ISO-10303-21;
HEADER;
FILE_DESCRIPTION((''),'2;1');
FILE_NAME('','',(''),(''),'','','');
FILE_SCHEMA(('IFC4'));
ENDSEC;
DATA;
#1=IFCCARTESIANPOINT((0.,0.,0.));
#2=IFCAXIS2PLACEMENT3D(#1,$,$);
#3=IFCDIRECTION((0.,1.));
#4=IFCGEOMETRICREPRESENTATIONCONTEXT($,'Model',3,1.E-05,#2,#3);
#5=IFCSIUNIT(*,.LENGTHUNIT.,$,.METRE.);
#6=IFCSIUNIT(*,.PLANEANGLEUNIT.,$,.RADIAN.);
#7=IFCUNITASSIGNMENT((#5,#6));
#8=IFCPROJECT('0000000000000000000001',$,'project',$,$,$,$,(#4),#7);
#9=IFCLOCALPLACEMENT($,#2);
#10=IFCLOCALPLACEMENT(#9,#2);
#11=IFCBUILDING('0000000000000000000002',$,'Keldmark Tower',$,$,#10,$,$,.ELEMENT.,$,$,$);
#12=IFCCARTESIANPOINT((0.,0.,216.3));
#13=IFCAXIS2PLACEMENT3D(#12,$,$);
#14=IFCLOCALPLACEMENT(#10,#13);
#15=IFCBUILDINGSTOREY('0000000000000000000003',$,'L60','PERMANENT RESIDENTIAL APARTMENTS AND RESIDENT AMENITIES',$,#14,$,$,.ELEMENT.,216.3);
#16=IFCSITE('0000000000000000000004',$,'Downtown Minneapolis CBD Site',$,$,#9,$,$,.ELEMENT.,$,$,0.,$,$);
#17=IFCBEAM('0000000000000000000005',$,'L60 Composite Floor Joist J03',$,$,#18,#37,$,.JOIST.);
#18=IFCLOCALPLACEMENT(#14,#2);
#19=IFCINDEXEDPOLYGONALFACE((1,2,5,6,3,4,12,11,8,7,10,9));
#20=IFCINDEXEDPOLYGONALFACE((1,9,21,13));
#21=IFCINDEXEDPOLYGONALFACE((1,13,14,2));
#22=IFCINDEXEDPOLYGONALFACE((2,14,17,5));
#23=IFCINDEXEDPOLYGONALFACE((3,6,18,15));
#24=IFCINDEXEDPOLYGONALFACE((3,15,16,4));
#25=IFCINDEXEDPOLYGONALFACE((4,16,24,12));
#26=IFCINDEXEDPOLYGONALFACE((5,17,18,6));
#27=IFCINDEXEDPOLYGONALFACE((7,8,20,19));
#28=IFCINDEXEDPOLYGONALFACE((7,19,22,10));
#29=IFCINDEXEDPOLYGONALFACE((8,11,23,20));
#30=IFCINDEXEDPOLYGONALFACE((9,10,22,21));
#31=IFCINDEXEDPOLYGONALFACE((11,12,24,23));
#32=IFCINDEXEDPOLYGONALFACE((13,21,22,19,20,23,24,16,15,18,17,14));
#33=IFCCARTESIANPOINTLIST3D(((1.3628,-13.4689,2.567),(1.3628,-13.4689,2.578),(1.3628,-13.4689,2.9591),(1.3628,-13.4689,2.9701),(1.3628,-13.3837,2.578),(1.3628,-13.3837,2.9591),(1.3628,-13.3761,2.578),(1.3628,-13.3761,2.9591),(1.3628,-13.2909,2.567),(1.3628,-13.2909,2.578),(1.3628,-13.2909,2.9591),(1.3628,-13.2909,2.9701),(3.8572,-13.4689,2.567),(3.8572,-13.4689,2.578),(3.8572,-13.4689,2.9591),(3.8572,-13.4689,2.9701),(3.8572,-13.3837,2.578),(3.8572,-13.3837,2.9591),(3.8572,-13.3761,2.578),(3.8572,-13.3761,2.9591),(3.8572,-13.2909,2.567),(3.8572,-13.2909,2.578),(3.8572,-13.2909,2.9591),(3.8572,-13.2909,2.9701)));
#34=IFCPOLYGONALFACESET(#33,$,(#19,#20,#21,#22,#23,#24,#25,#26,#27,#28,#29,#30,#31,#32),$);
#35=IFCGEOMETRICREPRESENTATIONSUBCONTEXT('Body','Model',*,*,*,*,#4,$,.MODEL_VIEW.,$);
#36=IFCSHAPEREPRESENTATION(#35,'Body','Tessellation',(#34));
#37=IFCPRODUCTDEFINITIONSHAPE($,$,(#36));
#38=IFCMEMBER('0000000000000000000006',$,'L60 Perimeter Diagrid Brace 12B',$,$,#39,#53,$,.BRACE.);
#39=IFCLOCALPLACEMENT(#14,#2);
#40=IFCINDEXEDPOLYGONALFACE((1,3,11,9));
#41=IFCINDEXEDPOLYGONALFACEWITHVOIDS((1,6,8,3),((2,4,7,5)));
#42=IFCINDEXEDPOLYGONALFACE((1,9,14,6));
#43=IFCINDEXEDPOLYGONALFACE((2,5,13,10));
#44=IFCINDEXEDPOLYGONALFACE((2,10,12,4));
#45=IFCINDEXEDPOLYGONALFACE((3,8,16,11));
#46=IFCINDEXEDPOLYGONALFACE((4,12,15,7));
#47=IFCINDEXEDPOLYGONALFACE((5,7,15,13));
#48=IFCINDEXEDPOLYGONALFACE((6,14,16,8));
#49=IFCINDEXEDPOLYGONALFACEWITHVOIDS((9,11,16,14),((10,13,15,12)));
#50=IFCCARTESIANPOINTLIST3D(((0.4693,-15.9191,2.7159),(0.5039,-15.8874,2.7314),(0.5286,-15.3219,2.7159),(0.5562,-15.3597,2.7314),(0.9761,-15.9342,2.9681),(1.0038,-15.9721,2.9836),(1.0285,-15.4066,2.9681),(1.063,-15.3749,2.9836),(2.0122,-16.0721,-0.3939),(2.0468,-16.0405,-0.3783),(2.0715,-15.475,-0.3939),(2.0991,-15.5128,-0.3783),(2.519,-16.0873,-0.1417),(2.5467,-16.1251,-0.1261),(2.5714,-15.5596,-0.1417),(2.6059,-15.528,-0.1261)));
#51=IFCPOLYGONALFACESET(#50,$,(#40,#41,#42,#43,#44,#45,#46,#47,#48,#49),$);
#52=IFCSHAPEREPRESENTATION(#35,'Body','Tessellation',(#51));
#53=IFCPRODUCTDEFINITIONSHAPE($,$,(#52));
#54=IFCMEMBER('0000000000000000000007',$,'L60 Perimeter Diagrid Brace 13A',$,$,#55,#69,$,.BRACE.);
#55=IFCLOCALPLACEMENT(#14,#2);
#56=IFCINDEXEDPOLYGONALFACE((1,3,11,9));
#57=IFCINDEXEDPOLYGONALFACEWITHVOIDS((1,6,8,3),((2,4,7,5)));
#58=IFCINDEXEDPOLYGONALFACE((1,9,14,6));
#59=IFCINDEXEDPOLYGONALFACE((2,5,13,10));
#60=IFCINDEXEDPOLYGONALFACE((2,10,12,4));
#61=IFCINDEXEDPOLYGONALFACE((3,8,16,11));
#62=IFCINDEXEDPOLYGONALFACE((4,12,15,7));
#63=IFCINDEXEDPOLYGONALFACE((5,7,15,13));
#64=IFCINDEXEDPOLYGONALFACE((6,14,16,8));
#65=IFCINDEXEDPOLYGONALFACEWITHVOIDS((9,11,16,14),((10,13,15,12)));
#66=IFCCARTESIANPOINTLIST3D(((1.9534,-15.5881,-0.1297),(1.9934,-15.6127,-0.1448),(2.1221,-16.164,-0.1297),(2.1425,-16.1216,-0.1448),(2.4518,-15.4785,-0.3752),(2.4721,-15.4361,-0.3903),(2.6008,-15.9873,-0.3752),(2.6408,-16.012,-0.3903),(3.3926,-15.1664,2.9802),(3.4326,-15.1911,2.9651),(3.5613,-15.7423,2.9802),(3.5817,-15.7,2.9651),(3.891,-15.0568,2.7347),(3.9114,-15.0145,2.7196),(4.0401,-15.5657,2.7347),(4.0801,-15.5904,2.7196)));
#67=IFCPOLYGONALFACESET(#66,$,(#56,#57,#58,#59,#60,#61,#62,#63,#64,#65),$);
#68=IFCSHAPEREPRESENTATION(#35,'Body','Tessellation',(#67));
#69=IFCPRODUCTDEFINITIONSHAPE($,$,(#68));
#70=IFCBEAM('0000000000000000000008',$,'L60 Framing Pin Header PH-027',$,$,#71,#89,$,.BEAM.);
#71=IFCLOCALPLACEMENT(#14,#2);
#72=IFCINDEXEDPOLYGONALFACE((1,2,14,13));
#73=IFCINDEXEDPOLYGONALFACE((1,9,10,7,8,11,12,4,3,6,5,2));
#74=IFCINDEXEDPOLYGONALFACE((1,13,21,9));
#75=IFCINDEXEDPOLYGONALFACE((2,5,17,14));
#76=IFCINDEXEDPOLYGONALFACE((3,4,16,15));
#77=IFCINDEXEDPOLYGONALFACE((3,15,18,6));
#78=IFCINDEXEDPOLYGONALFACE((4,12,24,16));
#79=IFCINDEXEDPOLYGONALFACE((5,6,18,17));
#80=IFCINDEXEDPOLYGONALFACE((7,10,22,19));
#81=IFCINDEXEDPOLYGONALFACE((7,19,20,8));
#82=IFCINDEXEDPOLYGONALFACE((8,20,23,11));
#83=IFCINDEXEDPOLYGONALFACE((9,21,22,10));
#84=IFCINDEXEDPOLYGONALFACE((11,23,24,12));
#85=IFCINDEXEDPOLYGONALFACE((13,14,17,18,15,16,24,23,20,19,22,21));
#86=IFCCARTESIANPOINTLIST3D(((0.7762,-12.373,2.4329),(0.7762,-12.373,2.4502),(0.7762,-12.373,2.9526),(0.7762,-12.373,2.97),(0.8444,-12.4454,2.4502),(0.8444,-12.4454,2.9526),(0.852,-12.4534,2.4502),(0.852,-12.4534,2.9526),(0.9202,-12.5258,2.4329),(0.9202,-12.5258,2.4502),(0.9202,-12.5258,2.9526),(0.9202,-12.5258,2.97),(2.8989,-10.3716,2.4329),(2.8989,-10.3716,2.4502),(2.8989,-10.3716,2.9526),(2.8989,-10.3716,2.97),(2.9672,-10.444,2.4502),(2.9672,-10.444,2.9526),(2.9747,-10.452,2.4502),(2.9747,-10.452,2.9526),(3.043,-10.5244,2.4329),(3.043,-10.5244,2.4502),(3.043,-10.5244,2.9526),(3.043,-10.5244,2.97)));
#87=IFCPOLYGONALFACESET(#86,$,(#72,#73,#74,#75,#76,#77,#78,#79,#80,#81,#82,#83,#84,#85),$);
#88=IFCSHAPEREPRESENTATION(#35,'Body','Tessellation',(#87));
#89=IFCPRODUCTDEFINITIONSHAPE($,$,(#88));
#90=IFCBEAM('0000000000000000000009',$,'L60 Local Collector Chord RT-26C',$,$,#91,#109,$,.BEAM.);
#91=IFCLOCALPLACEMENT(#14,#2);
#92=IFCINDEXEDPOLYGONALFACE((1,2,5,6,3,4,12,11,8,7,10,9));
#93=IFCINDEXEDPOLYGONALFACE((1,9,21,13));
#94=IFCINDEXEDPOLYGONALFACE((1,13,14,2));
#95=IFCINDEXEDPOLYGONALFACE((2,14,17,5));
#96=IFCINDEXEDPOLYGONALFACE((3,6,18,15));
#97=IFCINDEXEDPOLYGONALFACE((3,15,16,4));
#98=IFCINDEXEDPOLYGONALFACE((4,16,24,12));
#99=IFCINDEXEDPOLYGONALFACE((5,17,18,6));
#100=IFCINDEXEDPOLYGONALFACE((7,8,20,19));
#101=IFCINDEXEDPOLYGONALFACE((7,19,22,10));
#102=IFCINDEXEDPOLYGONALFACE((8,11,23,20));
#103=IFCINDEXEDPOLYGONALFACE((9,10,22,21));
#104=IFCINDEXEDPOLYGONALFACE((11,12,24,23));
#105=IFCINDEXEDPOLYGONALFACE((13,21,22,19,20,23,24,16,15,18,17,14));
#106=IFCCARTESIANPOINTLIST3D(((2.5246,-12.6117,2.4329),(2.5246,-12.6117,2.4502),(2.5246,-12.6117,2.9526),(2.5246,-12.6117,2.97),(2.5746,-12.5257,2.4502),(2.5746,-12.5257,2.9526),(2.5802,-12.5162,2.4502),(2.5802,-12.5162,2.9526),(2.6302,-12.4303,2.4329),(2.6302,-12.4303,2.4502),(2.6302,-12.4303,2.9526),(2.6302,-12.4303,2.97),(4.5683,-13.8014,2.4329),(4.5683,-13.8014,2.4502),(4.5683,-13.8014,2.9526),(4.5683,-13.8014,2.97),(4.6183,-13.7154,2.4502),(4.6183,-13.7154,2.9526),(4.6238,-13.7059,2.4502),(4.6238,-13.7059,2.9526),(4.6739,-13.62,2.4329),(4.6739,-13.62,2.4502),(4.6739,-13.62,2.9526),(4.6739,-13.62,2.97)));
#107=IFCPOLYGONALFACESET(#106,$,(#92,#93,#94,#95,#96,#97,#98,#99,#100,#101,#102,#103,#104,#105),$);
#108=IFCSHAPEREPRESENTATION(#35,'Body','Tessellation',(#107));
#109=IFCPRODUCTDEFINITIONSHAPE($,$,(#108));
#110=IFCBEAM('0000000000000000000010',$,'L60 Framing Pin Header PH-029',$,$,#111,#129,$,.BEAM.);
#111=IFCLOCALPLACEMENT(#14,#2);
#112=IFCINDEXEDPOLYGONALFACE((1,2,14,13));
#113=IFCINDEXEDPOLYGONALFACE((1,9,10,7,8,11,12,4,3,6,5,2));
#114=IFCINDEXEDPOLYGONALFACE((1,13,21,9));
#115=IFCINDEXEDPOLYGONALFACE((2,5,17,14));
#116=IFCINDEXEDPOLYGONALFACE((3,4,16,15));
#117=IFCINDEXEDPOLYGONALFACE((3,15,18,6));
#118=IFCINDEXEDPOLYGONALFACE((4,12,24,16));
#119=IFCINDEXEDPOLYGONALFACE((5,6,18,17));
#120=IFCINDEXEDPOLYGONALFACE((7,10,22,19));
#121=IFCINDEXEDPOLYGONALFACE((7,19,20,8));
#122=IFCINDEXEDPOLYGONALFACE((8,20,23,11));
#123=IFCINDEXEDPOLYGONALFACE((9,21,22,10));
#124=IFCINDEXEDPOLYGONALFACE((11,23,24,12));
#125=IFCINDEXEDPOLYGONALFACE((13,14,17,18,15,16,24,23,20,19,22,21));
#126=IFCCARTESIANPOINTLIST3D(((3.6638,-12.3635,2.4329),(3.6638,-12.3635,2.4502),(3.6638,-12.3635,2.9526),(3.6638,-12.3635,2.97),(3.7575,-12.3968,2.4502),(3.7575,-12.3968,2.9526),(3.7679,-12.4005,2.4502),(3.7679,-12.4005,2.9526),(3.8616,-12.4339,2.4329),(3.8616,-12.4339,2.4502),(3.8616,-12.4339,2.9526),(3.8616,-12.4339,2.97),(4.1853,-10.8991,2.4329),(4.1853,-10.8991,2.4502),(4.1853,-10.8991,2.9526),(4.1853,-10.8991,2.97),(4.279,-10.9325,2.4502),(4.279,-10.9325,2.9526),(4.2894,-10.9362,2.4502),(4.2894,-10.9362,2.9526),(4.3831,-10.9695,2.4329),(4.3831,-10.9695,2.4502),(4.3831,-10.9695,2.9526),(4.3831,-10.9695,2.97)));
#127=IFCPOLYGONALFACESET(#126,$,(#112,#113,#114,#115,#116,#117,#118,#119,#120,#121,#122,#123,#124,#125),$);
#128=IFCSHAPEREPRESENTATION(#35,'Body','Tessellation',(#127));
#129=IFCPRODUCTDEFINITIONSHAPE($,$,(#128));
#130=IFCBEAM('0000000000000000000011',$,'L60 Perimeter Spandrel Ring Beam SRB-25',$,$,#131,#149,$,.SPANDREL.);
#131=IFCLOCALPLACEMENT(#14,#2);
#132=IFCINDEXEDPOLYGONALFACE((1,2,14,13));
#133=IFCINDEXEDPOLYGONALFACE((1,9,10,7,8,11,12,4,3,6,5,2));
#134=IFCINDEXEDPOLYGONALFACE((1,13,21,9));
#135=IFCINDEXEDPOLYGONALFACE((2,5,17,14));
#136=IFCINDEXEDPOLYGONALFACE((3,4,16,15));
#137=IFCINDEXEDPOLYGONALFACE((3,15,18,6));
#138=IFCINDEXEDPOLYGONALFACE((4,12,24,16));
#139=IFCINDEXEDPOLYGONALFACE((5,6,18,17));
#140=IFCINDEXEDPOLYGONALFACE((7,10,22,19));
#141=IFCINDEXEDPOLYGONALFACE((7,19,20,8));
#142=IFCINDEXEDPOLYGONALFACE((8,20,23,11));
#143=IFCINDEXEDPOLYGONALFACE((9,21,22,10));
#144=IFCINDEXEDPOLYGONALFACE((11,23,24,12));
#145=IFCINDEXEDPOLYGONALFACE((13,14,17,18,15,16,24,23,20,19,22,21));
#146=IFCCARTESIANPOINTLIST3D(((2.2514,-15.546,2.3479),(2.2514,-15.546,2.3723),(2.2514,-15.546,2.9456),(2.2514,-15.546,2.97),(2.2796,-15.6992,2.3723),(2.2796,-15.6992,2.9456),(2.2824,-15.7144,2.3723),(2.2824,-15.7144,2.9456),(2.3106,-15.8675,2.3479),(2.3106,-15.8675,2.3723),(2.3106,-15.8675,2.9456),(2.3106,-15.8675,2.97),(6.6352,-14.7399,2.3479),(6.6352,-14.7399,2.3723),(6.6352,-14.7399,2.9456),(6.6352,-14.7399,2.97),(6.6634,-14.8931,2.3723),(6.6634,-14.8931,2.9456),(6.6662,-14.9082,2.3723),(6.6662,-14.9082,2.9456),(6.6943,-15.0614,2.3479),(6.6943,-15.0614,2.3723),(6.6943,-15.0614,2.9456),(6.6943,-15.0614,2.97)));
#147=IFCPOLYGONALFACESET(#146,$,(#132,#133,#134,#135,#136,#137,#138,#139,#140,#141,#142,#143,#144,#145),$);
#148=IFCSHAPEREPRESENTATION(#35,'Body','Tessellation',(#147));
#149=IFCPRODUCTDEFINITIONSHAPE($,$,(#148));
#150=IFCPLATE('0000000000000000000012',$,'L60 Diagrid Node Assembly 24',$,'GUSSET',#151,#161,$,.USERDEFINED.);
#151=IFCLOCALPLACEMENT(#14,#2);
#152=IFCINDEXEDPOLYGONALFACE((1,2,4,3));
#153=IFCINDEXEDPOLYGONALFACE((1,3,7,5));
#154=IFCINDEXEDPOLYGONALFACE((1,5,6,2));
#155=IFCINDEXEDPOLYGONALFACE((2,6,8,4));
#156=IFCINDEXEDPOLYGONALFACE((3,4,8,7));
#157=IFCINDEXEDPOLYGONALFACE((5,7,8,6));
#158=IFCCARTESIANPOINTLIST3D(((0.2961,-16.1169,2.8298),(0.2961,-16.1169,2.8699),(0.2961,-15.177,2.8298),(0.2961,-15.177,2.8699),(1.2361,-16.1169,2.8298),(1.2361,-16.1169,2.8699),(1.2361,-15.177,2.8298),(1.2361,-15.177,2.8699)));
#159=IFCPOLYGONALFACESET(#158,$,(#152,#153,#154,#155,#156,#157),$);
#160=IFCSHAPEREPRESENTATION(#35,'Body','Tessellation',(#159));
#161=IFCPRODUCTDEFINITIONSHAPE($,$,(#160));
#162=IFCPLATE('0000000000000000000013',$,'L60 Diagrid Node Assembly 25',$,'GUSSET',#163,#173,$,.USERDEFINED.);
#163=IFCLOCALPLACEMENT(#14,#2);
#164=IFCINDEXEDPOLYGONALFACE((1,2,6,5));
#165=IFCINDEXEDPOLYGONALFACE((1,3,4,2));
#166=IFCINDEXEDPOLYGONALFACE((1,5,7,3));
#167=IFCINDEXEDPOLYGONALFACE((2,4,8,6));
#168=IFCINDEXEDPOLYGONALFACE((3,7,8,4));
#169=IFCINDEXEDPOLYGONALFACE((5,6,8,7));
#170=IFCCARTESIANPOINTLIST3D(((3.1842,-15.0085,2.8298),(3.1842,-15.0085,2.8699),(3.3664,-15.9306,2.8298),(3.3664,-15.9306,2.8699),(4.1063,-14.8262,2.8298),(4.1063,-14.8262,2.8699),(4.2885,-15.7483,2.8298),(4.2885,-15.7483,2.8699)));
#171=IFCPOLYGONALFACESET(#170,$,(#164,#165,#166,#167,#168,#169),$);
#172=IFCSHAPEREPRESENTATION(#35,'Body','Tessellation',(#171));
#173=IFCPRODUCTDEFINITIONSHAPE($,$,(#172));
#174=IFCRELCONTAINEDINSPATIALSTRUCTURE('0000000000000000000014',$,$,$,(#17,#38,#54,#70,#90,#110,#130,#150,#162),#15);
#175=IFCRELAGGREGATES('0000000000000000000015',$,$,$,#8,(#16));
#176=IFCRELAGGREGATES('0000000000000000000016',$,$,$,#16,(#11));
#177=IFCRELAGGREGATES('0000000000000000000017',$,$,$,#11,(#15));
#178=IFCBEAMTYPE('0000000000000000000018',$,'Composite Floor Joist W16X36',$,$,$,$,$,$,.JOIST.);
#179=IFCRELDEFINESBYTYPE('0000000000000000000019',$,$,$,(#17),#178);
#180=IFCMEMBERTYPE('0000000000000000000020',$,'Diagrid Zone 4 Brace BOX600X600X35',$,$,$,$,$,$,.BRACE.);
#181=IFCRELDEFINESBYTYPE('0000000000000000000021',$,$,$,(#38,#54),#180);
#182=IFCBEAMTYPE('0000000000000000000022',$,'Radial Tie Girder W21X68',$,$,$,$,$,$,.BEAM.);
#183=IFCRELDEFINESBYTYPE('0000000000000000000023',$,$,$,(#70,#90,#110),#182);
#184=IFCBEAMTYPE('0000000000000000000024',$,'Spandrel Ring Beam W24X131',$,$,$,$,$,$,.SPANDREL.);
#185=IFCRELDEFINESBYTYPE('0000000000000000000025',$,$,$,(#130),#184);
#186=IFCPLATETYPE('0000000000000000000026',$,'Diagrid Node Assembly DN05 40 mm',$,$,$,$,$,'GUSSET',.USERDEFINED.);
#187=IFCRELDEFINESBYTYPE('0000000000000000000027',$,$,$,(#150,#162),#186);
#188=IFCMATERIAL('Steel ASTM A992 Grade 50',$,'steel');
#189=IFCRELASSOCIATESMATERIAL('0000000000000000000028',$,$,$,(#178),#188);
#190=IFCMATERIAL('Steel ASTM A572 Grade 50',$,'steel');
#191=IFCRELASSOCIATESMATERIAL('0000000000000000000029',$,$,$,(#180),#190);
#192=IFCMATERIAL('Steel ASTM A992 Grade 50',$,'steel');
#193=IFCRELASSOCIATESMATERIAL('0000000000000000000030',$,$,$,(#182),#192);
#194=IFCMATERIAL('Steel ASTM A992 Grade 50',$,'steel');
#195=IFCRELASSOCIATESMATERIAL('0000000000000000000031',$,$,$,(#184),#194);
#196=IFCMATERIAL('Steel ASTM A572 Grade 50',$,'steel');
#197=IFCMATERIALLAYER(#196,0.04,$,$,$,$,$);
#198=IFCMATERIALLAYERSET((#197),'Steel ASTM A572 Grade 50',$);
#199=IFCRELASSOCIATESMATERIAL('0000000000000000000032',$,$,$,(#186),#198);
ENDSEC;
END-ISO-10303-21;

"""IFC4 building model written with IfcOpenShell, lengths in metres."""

from ifc_helpers import new_model, si_unit, direction, frame, origin, origin_2d, place, context, subcontext, project, spatial, rectangle, hollow_rectangle, i_section, extrude, material, layer, layer_set, material_profile, profile_set, type_object, element, save


model = new_model("IFC4")

# Units and contexts
model_context = context("Model", 3, precision=1e-05, world=origin(), true_north=direction((0.0, 1.0)))
body_context = subcontext(model_context, "Body", "Model", "MODEL_VIEW")
ifc_project = project(units=[si_unit("LENGTHUNIT", "METRE"), si_unit("PLANEANGLEUNIT", "RADIAN")], contexts=[model_context])

# Site, building, storey
site_placement = place(None, origin())
site = spatial("IfcSite", under=ifc_project, at=site_placement, Name="Downtown Minneapolis CBD Site", CompositionType="ELEMENT", RefElevation=0.0)
building_placement = place(site_placement, origin())
building = spatial("IfcBuilding", under=site, at=building_placement, Name="Keldmark Tower", CompositionType="ELEMENT")
storey_placement = place(building_placement, frame((0.0, 0.0, 216.3)))
storey = spatial("IfcBuildingStorey", under=building, at=storey_placement, Name="L60", Description="PERMANENT RESIDENTIAL APARTMENTS AND RESIDENT AMENITIES", CompositionType="ELEMENT", Elevation=216.3)

# Beam
ifc_material_1 = material(Name="Steel ASTM A992 Grade 50", Category="steel")
ifc_material_profile_1 = material_profile(ifc_material_1, i_section(OverallWidth=0.178, OverallDepth=0.4031, WebThickness=0.0076, FlangeThickness=0.011, at=origin_2d()), Name="W16X36")
ifc_profile_set_1 = profile_set([ifc_material_profile_1], Name="Steel ASTM A992 Grade 50")
beam_type_1 = type_object("IfcBeamType", Name="Composite Floor Joist W16X36", PredefinedType="JOIST", material=ifc_profile_set_1)
beam_1_placement = place(storey_placement, frame((1.3628, -13.3799, 2.7686), z_axis=(1.0, 0.0, 0.0), x_axis=(0.0, 1.0, 0.0)))
element("IfcBeam", 1, at=beam_1_placement, inside=storey, type_object=beam_type_1, Name="L60 Composite Floor Joist J03", PredefinedType="JOIST", context=body_context, shape_type="SweptSolid", body=[
    extrude(i_section(OverallWidth=0.178, OverallDepth=0.4031, WebThickness=0.0076, FlangeThickness=0.011, at=origin_2d()), origin(), (0.0, 0.0, 1.0), 2.4944),
])

# Members
ifc_material_2 = material(Name="Steel ASTM A572 Grade 50", Category="steel")
ifc_material_profile_2 = material_profile(ifc_material_2, hollow_rectangle(XDim=0.6001, YDim=0.6001, WallThickness=0.0349, at=origin_2d()), Name="BOX600X600X35")
ifc_profile_set_2 = profile_set([ifc_material_profile_2], Name="Steel ASTM A572 Grade 50")
member_type = type_object("IfcMemberType", Name="Diagrid Zone 4 Brace BOX600X600X35", PredefinedType="BRACE", material=ifc_profile_set_2)
member_1_placement = place(storey_placement, frame((2.3091, -15.8, -0.26), z_axis=(-0.444023, 0.044051, 0.894932), x_axis=(-0.098724, -0.995115, 0.0)))
element("IfcMember", 2, at=member_1_placement, inside=storey, type_object=member_type, Name="L60 Perimeter Diagrid Brace 12B", PredefinedType="BRACE", context=body_context, shape_type="SweptSolid", body=[
    extrude(hollow_rectangle(XDim=0.6001, YDim=0.6001, WallThickness=0.0349, at=origin_2d()), origin(), (0.0, 0.0, 1.0), 3.4749),
])
member_2_placement = place(storey_placement, frame((2.2971, -15.8, -0.26), z_axis=(0.41685, 0.12212, 0.900735), x_axis=(-0.281144, 0.959666, 0.0)))
element("IfcMember", 3, at=member_2_placement, inside=storey, type_object=member_type, Name="L60 Perimeter Diagrid Brace 13A", PredefinedType="BRACE", context=body_context, shape_type="SweptSolid", body=[
    extrude(hollow_rectangle(XDim=0.6001, YDim=0.6001, WallThickness=0.0349, at=origin_2d()), origin(), (0.0, 0.0, 1.0), 3.4526),
])

# Beams
ifc_material_3 = material(Name="Steel ASTM A992 Grade 50", Category="steel")
ifc_material_profile_3 = material_profile(ifc_material_3, i_section(OverallWidth=0.21, OverallDepth=0.5371, WebThickness=0.011, FlangeThickness=0.0173, at=origin_2d()), Name="W21X68")
ifc_profile_set_3 = profile_set([ifc_material_profile_3], Name="Steel ASTM A992 Grade 50")
beam_type_2 = type_object("IfcBeamType", Name="Radial Tie Girder W21X68", PredefinedType="BEAM", material=ifc_profile_set_3)
beam_2_placement = place(storey_placement, frame((2.9709, -10.448, 2.7014), z_axis=(-0.727595, -0.686007, 0.0), x_axis=(0.686007, -0.727595, 0.0)))
element("IfcBeam", 4, at=beam_2_placement, inside=storey, type_object=beam_type_2, Name="L60 Framing Pin Header PH-027", PredefinedType="BEAM", context=body_context, shape_type="SweptSolid", body=[
    extrude(i_section(OverallWidth=0.21, OverallDepth=0.5371, WebThickness=0.011, FlangeThickness=0.0173, at=origin_2d()), origin(), (0.0, 0.0, 1.0), 2.9175),
])
beam_3_placement = place(storey_placement, frame((2.5774, -12.521, 2.7014), z_axis=(0.864232, -0.503094, 0.0), x_axis=(0.503094, 0.864232, 0.0)))
element("IfcBeam", 5, at=beam_3_placement, inside=storey, type_object=beam_type_2, Name="L60 Local Collector Chord RT-26C", PredefinedType="BEAM", context=body_context, shape_type="SweptSolid", body=[
    extrude(i_section(OverallWidth=0.21, OverallDepth=0.5371, WebThickness=0.011, FlangeThickness=0.0173, at=origin_2d()), origin(), (0.0, 0.0, 1.0), 2.3647),
])
beam_4_placement = place(storey_placement, frame((4.2842, -10.9343, 2.7014), z_axis=(-0.335481, -0.942047, 0.0), x_axis=(0.942047, -0.335481, 0.0)))
element("IfcBeam", 6, at=beam_4_placement, inside=storey, type_object=beam_type_2, Name="L60 Framing Pin Header PH-029", PredefinedType="BEAM", context=body_context, shape_type="SweptSolid", body=[
    extrude(i_section(OverallWidth=0.21, OverallDepth=0.5371, WebThickness=0.011, FlangeThickness=0.0173, at=origin_2d()), origin(), (0.0, 0.0, 1.0), 1.5544),
])
ifc_material_4 = material(Name="Steel ASTM A992 Grade 50", Category="steel")
ifc_material_profile_4 = material_profile(ifc_material_4, i_section(OverallWidth=0.3269, OverallDepth=0.6221, WebThickness=0.0154, FlangeThickness=0.0244, at=origin_2d()), Name="W24X131")
ifc_profile_set_4 = profile_set([ifc_material_profile_4], Name="Steel ASTM A992 Grade 50")
beam_type_3 = type_object("IfcBeamType", Name="Spandrel Ring Beam W24X131", PredefinedType="SPANDREL", material=ifc_profile_set_4)
beam_5_placement = place(storey_placement, frame((2.281, -15.7068, 2.6589), z_axis=(0.983509, 0.180861, 0.0), x_axis=(-0.180861, 0.983509, 0.0)))
element("IfcBeam", 7, at=beam_5_placement, inside=storey, type_object=beam_type_3, Name="L60 Perimeter Spandrel Ring Beam SRB-25", PredefinedType="SPANDREL", context=body_context, shape_type="SweptSolid", body=[
    extrude(i_section(OverallWidth=0.3269, OverallDepth=0.6221, WebThickness=0.0154, FlangeThickness=0.0244, at=origin_2d()), origin(), (0.0, 0.0, 1.0), 4.4573),
])

# Plates
ifc_material_5 = material(Name="Steel ASTM A572 Grade 50", Category="steel")
ifc_layer_1 = layer(ifc_material_5, 0.04)
ifc_layer_set_1 = layer_set([ifc_layer_1], Name="Steel ASTM A572 Grade 50")
plate_type = type_object("IfcPlateType", Name="Diagrid Node Assembly DN05 40 mm", ElementType="GUSSET", PredefinedType="USERDEFINED", material=ifc_layer_set_1)
for number, where, z_axis, x_axis, name in (
    (8, (0.7661, -15.647, 2.8298), (0.0, 0.0, 1.0), (1.0, 0.0, 0.0), "L60 Diagrid Node Assembly 24"),
    (9, (3.7363, -15.3784, 2.8298), (0.0, 0.0, 1.0), (0.981023, 0.193892, 0.0), "L60 Diagrid Node Assembly 25"),
):
    element("IfcPlate", number, at=place(storey_placement, frame(where, z_axis=z_axis, x_axis=x_axis)), inside=storey, type_object=plate_type, Name=name, ObjectType="GUSSET", PredefinedType="USERDEFINED", context=body_context, shape_type="SweptSolid", body=[
        extrude(rectangle(XDim=0.9399, YDim=0.9399, at=origin_2d()), origin(), (0.0, 0.0, 1.0), 0.04),
    ])

save(model, "model.ifc")
